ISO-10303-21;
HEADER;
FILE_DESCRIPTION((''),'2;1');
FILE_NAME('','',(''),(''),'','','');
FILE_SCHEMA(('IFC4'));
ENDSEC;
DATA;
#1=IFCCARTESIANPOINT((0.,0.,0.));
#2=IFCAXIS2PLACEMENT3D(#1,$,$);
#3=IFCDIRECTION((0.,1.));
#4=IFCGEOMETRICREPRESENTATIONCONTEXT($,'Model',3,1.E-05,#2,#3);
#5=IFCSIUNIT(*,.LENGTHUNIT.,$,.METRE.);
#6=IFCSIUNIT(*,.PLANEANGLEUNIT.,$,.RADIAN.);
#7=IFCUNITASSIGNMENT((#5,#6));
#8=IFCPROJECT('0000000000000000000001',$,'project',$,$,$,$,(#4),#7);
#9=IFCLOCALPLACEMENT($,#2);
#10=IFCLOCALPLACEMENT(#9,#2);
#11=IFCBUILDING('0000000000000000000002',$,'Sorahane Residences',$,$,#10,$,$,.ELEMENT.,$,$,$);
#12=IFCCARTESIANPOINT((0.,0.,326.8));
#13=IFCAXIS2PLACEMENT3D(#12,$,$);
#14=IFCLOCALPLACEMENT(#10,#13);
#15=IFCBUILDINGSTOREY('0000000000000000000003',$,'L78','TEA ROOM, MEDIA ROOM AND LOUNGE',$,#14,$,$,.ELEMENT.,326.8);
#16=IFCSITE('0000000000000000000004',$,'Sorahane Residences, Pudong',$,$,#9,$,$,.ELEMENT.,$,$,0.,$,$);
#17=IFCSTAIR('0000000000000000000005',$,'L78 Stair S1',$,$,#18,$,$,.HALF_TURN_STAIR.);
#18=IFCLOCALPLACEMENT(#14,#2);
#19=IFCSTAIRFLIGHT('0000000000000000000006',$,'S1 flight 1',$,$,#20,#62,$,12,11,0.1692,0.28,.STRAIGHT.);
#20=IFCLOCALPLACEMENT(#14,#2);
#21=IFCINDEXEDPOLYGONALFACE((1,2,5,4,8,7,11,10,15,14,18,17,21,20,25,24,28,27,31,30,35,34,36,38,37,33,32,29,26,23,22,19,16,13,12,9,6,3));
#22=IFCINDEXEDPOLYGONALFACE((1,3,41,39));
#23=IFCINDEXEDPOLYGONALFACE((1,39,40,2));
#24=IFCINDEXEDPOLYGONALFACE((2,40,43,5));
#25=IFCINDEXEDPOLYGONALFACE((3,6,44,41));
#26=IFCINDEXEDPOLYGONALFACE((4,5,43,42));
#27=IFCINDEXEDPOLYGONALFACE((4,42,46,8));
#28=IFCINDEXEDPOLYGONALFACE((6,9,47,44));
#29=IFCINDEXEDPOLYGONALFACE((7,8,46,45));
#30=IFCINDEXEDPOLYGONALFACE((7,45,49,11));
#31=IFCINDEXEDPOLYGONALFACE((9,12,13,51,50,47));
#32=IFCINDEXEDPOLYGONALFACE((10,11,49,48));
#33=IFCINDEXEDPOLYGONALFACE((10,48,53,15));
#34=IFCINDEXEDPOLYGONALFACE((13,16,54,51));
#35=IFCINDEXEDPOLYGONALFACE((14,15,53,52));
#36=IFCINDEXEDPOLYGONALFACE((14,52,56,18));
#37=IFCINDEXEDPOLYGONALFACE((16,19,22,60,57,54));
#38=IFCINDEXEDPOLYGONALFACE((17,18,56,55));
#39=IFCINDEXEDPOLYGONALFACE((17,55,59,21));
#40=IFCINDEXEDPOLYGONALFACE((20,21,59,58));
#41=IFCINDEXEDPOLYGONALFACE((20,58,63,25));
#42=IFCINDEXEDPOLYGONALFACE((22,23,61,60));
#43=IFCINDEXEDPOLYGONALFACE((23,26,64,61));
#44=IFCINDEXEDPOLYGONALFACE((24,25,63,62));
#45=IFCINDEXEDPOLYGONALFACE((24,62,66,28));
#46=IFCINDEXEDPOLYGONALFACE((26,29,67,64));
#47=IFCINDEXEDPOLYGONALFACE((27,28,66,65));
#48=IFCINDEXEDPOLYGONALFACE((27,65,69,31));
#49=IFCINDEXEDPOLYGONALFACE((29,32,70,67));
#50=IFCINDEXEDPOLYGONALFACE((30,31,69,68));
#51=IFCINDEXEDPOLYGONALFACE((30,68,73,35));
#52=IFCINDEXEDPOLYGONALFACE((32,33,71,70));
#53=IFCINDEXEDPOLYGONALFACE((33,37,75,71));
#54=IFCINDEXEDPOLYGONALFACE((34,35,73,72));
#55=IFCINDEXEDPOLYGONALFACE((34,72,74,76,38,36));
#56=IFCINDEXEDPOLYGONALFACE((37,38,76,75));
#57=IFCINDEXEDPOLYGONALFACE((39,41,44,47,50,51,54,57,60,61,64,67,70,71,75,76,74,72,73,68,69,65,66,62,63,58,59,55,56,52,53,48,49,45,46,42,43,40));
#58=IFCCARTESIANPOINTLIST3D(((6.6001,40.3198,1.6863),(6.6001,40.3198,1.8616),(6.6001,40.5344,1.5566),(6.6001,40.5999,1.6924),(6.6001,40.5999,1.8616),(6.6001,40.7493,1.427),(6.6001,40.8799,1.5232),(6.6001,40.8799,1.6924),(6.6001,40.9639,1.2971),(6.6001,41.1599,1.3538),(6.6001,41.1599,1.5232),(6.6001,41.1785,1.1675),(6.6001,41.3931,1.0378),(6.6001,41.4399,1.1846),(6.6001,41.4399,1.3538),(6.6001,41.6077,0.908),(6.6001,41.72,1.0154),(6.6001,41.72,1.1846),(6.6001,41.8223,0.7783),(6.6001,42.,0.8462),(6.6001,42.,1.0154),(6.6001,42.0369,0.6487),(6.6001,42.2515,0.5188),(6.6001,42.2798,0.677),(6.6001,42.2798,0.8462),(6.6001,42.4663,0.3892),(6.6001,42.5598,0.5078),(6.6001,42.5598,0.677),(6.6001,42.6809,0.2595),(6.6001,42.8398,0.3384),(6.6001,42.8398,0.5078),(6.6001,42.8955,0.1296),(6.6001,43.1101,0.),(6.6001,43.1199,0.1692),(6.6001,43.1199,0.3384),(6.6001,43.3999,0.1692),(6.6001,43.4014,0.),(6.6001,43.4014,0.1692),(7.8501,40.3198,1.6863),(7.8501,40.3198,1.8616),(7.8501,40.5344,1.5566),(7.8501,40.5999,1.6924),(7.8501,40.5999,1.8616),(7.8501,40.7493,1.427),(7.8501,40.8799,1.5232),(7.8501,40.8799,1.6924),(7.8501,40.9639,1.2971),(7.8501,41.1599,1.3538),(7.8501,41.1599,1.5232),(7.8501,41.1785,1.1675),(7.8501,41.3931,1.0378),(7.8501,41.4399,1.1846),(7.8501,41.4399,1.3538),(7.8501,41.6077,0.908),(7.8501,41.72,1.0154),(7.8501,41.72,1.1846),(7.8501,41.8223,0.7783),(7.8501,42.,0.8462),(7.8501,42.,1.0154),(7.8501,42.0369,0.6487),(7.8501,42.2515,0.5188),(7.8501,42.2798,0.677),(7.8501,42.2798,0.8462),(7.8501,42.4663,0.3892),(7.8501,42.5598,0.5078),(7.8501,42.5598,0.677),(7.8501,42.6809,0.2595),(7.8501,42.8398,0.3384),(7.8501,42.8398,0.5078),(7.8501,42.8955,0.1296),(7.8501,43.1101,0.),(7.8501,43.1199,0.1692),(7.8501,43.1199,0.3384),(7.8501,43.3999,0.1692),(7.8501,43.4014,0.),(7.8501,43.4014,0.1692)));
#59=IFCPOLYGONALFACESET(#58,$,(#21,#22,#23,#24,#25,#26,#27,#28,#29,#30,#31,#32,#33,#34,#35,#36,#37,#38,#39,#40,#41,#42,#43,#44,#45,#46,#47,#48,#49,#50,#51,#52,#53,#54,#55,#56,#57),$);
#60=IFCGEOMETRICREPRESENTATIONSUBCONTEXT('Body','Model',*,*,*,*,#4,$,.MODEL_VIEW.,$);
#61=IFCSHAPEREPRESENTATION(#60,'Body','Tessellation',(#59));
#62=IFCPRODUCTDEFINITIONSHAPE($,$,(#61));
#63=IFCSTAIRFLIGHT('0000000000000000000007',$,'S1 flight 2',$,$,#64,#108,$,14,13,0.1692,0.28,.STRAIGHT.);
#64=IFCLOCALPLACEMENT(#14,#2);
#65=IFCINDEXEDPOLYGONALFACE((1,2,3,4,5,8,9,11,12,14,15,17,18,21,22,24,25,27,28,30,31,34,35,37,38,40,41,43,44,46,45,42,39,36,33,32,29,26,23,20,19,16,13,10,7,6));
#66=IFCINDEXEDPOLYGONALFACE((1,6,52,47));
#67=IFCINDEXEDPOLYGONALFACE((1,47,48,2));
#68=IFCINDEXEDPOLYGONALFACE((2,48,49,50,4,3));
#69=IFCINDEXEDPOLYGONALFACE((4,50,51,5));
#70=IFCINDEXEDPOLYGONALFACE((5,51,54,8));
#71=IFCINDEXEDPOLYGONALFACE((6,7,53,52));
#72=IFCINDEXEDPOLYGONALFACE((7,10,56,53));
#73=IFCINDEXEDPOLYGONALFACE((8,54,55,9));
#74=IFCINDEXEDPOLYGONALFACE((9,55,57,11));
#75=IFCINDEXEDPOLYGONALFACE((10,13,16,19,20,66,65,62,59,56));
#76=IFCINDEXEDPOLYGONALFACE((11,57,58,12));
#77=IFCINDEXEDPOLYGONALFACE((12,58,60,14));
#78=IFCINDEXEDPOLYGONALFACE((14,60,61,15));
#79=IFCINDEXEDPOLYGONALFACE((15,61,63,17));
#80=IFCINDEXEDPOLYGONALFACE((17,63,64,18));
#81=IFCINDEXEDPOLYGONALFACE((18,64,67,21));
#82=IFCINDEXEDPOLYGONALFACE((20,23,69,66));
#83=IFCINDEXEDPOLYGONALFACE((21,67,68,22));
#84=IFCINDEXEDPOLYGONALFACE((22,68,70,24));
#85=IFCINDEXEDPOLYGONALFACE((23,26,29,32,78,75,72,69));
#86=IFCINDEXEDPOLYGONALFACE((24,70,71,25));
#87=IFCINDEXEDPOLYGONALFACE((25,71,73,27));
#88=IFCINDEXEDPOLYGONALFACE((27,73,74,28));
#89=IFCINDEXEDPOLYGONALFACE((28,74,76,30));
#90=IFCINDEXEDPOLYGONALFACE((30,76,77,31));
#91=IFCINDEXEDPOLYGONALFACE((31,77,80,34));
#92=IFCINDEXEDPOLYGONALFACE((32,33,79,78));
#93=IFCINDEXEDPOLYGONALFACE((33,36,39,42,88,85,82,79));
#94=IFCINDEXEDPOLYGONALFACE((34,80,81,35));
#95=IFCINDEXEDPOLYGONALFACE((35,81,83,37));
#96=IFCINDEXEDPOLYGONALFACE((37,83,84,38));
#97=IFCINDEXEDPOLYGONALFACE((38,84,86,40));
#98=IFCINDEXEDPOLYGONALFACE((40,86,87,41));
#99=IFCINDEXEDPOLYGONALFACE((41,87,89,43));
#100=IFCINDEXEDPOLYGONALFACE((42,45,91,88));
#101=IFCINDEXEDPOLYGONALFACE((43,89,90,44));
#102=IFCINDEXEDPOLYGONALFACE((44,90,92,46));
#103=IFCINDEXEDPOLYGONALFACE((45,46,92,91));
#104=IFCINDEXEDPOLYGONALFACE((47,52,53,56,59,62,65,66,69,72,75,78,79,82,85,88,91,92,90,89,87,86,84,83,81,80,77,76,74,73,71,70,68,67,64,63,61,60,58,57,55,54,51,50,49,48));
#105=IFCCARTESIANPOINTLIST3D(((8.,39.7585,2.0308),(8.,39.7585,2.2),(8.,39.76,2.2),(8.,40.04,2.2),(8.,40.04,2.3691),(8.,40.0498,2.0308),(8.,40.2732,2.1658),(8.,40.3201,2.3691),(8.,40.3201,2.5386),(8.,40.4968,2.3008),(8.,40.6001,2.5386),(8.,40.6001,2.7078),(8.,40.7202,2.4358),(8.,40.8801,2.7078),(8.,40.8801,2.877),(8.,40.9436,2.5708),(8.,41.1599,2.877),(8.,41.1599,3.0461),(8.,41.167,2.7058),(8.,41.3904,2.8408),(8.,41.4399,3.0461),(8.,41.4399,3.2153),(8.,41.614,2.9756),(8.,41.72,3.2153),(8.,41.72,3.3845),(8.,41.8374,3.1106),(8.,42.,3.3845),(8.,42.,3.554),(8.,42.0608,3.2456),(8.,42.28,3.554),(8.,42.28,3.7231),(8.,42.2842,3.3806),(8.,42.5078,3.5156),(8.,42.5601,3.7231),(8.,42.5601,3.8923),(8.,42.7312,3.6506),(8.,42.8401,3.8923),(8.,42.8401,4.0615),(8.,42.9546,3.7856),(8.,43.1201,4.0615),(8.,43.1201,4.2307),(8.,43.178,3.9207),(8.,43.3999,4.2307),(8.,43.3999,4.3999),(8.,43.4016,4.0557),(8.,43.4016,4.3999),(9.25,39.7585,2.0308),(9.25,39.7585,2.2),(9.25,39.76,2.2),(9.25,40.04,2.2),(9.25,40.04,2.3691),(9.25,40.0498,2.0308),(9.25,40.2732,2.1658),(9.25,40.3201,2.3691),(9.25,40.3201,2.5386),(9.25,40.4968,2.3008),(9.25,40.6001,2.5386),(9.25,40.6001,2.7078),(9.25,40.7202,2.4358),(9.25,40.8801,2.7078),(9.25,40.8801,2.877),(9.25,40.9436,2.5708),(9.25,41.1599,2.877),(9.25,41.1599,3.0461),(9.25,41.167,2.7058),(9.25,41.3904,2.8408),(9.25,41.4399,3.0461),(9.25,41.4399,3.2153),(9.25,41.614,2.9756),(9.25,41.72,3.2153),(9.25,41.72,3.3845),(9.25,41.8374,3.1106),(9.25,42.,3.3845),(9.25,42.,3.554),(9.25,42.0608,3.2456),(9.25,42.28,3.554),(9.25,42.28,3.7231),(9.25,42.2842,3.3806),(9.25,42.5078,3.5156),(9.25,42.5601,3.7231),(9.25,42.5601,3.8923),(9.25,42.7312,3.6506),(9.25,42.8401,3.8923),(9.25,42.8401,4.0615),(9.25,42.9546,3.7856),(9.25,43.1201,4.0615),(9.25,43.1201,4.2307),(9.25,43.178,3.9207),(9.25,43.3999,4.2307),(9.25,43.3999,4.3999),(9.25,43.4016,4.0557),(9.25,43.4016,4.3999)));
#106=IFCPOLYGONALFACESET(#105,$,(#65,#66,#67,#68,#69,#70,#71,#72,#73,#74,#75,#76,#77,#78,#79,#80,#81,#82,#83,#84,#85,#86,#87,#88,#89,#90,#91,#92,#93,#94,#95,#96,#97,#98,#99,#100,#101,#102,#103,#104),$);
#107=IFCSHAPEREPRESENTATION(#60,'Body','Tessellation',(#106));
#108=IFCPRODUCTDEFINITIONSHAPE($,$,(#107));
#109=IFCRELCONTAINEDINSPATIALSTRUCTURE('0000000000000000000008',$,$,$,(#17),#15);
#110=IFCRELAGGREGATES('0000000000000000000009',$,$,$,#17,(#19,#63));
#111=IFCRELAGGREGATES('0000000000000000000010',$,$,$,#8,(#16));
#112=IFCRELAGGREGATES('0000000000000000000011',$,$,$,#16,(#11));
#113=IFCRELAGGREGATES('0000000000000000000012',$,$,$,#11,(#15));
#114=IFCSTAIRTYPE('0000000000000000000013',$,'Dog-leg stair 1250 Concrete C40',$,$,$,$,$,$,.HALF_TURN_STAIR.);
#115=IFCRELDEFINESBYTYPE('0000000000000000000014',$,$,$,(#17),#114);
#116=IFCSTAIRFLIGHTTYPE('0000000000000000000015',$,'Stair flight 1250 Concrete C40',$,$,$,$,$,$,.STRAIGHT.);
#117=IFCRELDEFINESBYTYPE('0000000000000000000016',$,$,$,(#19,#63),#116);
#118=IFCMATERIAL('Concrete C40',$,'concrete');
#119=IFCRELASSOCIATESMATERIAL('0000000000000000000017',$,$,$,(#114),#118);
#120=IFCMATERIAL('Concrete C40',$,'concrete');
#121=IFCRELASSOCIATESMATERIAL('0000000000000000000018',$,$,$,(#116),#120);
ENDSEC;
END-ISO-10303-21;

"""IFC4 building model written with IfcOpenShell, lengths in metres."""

from ifc_helpers import new_model, si_unit, direction, frame, origin, place, context, subcontext, project, spatial, polyline, outline, extrude, material, type_object, element, aggregate, save


model = new_model("IFC4")

# Units and contexts
model_context = context("Model", 3, precision=1e-05, world=origin(), true_north=direction((0.0, 1.0)))
body_context = subcontext(model_context, "Body", "Model", "MODEL_VIEW")
ifc_project = project(units=[si_unit("LENGTHUNIT", "METRE"), si_unit("PLANEANGLEUNIT", "RADIAN")], contexts=[model_context])

# Site, building, storey
site_placement = place(None, origin())
site = spatial("IfcSite", under=ifc_project, at=site_placement, Name="Sorahane Residences, Pudong", CompositionType="ELEMENT", RefElevation=0.0)
building_placement = place(site_placement, origin())
building = spatial("IfcBuilding", under=site, at=building_placement, Name="Sorahane Residences", CompositionType="ELEMENT")
storey_placement = place(building_placement, frame((0.0, 0.0, 326.8)))
storey = spatial("IfcBuildingStorey", under=building, at=storey_placement, Name="L78", Description="TEA ROOM, MEDIA ROOM AND LOUNGE", CompositionType="ELEMENT", Elevation=326.8)

# Stair, stair flights
ifc_material_1 = material(Name="Concrete C40", Category="concrete")
stair_type = type_object("IfcStairType", Name="Dog-leg stair 1250 Concrete C40", PredefinedType="HALF_TURN_STAIR", material=ifc_material_1)
stair_placement = place(storey_placement, origin())
stair = element("IfcStair", 1, at=stair_placement, inside=storey, type_object=stair_type, Name="L78 Stair S1", PredefinedType="HALF_TURN_STAIR")
ifc_material_2 = material(Name="Concrete C40", Category="concrete")
stair_flight_type = type_object("IfcStairFlightType", Name="Stair flight 1250 Concrete C40", PredefinedType="STRAIGHT", material=ifc_material_2)
stair_flight_1_placement = place(storey_placement, frame((7.2251, 43.3999, 0.0), z_axis=(0.0, 0.0, 1.0), x_axis=(0.0, -1.0, 0.0)))
stair_flight_1 = element("IfcStairFlight", 2, at=stair_flight_1_placement, type_object=stair_flight_type, Name="S1 flight 1", NumberOfRisers=12, NumberOfTreads=11, PredefinedType="STRAIGHT", RiserHeight=0.1692, TreadLength=0.28, context=body_context, shape_type="SweptSolid", body=[
    extrude(outline(polyline([(-0.0015, 0.0), (-0.0015, 0.1692), (0.0, 0.1692), (0.28, 0.1692), (0.28, 0.3384), (0.5601, 0.3384), (0.5601, 0.5078), (0.8401, 0.5078), (0.8401, 0.677), (1.1201, 0.677), (1.1201, 0.8462), (1.3999, 0.8462), (1.3999, 1.0154), (1.6799, 1.0154), (1.6799, 1.1846), (1.96, 1.1846), (1.96, 1.3538), (2.24, 1.3538), (2.24, 1.5232), (2.52, 1.5232), (2.52, 1.6924), (2.8, 1.6924), (2.8, 1.8616), (3.0801, 1.8616), (3.0801, 2.0308), (3.0801, 1.6863), (2.8655, 1.5566), (2.6506, 1.427), (2.436, 1.2971), (2.2214, 1.1675), (2.0068, 1.0378), (1.7922, 0.908), (1.5776, 0.7783), (1.363, 0.6487), (1.1484, 0.5188), (0.9336, 0.3892), (0.719, 0.2595), (0.5044, 0.1296), (0.2898, 0.0), (-0.0015, 0.0)])), frame((0.0, 0.625, 0.0), z_axis=(0.0, -1.0, 0.0), x_axis=(1.0, 0.0, 0.0)), (0.0, 0.0, 1.0), 1.25),
])
stair_flight_2_placement = place(storey_placement, frame((8.625, 39.76, 2.0308), z_axis=(0.0, 0.0, 1.0), x_axis=(0.0, 1.0, 0.0)))
stair_flight_2 = element("IfcStairFlight", 3, at=stair_flight_2_placement, type_object=stair_flight_type, Name="S1 flight 2", NumberOfRisers=14, NumberOfTreads=13, PredefinedType="STRAIGHT", RiserHeight=0.1692, TreadLength=0.28, context=body_context, shape_type="SweptSolid", body=[
    extrude(outline(polyline([(-0.0015, 0.0), (-0.0015, 0.1692), (0.0, 0.1692), (0.28, 0.1692), (0.28, 0.3384), (0.5601, 0.3384), (0.5601, 0.5078), (0.8401, 0.5078), (0.8401, 0.677), (1.1201, 0.677), (1.1201, 0.8462), (1.3999, 0.8462), (1.3999, 1.0154), (1.6799, 1.0154), (1.6799, 1.1846), (1.96, 1.1846), (1.96, 1.3538), (2.24, 1.3538), (2.24, 1.5232), (2.52, 1.5232), (2.52, 1.6924), (2.8, 1.6924), (2.8, 1.8616), (3.0801, 1.8616), (3.0801, 2.0308), (3.3601, 2.0308), (3.3601, 2.2), (3.6399, 2.2), (3.6399, 2.3691), (3.6416, 2.3691), (3.6416, 2.0249), (3.418, 1.8899), (3.1946, 1.7549), (2.9712, 1.6199), (2.7478, 1.4849), (2.5242, 1.3499), (2.3008, 1.2148), (2.0774, 1.0798), (1.854, 0.9448), (1.6304, 0.8101), (1.407, 0.675), (1.1836, 0.54), (0.9602, 0.405), (0.7368, 0.27), (0.5132, 0.135), (0.2898, 0.0), (-0.0015, 0.0)])), frame((0.0, 0.625, 0.0), z_axis=(0.0, -1.0, 0.0), x_axis=(1.0, 0.0, 0.0)), (0.0, 0.0, 1.0), 1.25),
])
aggregate(stair, [stair_flight_1, stair_flight_2])

save(model, "model.ifc")
